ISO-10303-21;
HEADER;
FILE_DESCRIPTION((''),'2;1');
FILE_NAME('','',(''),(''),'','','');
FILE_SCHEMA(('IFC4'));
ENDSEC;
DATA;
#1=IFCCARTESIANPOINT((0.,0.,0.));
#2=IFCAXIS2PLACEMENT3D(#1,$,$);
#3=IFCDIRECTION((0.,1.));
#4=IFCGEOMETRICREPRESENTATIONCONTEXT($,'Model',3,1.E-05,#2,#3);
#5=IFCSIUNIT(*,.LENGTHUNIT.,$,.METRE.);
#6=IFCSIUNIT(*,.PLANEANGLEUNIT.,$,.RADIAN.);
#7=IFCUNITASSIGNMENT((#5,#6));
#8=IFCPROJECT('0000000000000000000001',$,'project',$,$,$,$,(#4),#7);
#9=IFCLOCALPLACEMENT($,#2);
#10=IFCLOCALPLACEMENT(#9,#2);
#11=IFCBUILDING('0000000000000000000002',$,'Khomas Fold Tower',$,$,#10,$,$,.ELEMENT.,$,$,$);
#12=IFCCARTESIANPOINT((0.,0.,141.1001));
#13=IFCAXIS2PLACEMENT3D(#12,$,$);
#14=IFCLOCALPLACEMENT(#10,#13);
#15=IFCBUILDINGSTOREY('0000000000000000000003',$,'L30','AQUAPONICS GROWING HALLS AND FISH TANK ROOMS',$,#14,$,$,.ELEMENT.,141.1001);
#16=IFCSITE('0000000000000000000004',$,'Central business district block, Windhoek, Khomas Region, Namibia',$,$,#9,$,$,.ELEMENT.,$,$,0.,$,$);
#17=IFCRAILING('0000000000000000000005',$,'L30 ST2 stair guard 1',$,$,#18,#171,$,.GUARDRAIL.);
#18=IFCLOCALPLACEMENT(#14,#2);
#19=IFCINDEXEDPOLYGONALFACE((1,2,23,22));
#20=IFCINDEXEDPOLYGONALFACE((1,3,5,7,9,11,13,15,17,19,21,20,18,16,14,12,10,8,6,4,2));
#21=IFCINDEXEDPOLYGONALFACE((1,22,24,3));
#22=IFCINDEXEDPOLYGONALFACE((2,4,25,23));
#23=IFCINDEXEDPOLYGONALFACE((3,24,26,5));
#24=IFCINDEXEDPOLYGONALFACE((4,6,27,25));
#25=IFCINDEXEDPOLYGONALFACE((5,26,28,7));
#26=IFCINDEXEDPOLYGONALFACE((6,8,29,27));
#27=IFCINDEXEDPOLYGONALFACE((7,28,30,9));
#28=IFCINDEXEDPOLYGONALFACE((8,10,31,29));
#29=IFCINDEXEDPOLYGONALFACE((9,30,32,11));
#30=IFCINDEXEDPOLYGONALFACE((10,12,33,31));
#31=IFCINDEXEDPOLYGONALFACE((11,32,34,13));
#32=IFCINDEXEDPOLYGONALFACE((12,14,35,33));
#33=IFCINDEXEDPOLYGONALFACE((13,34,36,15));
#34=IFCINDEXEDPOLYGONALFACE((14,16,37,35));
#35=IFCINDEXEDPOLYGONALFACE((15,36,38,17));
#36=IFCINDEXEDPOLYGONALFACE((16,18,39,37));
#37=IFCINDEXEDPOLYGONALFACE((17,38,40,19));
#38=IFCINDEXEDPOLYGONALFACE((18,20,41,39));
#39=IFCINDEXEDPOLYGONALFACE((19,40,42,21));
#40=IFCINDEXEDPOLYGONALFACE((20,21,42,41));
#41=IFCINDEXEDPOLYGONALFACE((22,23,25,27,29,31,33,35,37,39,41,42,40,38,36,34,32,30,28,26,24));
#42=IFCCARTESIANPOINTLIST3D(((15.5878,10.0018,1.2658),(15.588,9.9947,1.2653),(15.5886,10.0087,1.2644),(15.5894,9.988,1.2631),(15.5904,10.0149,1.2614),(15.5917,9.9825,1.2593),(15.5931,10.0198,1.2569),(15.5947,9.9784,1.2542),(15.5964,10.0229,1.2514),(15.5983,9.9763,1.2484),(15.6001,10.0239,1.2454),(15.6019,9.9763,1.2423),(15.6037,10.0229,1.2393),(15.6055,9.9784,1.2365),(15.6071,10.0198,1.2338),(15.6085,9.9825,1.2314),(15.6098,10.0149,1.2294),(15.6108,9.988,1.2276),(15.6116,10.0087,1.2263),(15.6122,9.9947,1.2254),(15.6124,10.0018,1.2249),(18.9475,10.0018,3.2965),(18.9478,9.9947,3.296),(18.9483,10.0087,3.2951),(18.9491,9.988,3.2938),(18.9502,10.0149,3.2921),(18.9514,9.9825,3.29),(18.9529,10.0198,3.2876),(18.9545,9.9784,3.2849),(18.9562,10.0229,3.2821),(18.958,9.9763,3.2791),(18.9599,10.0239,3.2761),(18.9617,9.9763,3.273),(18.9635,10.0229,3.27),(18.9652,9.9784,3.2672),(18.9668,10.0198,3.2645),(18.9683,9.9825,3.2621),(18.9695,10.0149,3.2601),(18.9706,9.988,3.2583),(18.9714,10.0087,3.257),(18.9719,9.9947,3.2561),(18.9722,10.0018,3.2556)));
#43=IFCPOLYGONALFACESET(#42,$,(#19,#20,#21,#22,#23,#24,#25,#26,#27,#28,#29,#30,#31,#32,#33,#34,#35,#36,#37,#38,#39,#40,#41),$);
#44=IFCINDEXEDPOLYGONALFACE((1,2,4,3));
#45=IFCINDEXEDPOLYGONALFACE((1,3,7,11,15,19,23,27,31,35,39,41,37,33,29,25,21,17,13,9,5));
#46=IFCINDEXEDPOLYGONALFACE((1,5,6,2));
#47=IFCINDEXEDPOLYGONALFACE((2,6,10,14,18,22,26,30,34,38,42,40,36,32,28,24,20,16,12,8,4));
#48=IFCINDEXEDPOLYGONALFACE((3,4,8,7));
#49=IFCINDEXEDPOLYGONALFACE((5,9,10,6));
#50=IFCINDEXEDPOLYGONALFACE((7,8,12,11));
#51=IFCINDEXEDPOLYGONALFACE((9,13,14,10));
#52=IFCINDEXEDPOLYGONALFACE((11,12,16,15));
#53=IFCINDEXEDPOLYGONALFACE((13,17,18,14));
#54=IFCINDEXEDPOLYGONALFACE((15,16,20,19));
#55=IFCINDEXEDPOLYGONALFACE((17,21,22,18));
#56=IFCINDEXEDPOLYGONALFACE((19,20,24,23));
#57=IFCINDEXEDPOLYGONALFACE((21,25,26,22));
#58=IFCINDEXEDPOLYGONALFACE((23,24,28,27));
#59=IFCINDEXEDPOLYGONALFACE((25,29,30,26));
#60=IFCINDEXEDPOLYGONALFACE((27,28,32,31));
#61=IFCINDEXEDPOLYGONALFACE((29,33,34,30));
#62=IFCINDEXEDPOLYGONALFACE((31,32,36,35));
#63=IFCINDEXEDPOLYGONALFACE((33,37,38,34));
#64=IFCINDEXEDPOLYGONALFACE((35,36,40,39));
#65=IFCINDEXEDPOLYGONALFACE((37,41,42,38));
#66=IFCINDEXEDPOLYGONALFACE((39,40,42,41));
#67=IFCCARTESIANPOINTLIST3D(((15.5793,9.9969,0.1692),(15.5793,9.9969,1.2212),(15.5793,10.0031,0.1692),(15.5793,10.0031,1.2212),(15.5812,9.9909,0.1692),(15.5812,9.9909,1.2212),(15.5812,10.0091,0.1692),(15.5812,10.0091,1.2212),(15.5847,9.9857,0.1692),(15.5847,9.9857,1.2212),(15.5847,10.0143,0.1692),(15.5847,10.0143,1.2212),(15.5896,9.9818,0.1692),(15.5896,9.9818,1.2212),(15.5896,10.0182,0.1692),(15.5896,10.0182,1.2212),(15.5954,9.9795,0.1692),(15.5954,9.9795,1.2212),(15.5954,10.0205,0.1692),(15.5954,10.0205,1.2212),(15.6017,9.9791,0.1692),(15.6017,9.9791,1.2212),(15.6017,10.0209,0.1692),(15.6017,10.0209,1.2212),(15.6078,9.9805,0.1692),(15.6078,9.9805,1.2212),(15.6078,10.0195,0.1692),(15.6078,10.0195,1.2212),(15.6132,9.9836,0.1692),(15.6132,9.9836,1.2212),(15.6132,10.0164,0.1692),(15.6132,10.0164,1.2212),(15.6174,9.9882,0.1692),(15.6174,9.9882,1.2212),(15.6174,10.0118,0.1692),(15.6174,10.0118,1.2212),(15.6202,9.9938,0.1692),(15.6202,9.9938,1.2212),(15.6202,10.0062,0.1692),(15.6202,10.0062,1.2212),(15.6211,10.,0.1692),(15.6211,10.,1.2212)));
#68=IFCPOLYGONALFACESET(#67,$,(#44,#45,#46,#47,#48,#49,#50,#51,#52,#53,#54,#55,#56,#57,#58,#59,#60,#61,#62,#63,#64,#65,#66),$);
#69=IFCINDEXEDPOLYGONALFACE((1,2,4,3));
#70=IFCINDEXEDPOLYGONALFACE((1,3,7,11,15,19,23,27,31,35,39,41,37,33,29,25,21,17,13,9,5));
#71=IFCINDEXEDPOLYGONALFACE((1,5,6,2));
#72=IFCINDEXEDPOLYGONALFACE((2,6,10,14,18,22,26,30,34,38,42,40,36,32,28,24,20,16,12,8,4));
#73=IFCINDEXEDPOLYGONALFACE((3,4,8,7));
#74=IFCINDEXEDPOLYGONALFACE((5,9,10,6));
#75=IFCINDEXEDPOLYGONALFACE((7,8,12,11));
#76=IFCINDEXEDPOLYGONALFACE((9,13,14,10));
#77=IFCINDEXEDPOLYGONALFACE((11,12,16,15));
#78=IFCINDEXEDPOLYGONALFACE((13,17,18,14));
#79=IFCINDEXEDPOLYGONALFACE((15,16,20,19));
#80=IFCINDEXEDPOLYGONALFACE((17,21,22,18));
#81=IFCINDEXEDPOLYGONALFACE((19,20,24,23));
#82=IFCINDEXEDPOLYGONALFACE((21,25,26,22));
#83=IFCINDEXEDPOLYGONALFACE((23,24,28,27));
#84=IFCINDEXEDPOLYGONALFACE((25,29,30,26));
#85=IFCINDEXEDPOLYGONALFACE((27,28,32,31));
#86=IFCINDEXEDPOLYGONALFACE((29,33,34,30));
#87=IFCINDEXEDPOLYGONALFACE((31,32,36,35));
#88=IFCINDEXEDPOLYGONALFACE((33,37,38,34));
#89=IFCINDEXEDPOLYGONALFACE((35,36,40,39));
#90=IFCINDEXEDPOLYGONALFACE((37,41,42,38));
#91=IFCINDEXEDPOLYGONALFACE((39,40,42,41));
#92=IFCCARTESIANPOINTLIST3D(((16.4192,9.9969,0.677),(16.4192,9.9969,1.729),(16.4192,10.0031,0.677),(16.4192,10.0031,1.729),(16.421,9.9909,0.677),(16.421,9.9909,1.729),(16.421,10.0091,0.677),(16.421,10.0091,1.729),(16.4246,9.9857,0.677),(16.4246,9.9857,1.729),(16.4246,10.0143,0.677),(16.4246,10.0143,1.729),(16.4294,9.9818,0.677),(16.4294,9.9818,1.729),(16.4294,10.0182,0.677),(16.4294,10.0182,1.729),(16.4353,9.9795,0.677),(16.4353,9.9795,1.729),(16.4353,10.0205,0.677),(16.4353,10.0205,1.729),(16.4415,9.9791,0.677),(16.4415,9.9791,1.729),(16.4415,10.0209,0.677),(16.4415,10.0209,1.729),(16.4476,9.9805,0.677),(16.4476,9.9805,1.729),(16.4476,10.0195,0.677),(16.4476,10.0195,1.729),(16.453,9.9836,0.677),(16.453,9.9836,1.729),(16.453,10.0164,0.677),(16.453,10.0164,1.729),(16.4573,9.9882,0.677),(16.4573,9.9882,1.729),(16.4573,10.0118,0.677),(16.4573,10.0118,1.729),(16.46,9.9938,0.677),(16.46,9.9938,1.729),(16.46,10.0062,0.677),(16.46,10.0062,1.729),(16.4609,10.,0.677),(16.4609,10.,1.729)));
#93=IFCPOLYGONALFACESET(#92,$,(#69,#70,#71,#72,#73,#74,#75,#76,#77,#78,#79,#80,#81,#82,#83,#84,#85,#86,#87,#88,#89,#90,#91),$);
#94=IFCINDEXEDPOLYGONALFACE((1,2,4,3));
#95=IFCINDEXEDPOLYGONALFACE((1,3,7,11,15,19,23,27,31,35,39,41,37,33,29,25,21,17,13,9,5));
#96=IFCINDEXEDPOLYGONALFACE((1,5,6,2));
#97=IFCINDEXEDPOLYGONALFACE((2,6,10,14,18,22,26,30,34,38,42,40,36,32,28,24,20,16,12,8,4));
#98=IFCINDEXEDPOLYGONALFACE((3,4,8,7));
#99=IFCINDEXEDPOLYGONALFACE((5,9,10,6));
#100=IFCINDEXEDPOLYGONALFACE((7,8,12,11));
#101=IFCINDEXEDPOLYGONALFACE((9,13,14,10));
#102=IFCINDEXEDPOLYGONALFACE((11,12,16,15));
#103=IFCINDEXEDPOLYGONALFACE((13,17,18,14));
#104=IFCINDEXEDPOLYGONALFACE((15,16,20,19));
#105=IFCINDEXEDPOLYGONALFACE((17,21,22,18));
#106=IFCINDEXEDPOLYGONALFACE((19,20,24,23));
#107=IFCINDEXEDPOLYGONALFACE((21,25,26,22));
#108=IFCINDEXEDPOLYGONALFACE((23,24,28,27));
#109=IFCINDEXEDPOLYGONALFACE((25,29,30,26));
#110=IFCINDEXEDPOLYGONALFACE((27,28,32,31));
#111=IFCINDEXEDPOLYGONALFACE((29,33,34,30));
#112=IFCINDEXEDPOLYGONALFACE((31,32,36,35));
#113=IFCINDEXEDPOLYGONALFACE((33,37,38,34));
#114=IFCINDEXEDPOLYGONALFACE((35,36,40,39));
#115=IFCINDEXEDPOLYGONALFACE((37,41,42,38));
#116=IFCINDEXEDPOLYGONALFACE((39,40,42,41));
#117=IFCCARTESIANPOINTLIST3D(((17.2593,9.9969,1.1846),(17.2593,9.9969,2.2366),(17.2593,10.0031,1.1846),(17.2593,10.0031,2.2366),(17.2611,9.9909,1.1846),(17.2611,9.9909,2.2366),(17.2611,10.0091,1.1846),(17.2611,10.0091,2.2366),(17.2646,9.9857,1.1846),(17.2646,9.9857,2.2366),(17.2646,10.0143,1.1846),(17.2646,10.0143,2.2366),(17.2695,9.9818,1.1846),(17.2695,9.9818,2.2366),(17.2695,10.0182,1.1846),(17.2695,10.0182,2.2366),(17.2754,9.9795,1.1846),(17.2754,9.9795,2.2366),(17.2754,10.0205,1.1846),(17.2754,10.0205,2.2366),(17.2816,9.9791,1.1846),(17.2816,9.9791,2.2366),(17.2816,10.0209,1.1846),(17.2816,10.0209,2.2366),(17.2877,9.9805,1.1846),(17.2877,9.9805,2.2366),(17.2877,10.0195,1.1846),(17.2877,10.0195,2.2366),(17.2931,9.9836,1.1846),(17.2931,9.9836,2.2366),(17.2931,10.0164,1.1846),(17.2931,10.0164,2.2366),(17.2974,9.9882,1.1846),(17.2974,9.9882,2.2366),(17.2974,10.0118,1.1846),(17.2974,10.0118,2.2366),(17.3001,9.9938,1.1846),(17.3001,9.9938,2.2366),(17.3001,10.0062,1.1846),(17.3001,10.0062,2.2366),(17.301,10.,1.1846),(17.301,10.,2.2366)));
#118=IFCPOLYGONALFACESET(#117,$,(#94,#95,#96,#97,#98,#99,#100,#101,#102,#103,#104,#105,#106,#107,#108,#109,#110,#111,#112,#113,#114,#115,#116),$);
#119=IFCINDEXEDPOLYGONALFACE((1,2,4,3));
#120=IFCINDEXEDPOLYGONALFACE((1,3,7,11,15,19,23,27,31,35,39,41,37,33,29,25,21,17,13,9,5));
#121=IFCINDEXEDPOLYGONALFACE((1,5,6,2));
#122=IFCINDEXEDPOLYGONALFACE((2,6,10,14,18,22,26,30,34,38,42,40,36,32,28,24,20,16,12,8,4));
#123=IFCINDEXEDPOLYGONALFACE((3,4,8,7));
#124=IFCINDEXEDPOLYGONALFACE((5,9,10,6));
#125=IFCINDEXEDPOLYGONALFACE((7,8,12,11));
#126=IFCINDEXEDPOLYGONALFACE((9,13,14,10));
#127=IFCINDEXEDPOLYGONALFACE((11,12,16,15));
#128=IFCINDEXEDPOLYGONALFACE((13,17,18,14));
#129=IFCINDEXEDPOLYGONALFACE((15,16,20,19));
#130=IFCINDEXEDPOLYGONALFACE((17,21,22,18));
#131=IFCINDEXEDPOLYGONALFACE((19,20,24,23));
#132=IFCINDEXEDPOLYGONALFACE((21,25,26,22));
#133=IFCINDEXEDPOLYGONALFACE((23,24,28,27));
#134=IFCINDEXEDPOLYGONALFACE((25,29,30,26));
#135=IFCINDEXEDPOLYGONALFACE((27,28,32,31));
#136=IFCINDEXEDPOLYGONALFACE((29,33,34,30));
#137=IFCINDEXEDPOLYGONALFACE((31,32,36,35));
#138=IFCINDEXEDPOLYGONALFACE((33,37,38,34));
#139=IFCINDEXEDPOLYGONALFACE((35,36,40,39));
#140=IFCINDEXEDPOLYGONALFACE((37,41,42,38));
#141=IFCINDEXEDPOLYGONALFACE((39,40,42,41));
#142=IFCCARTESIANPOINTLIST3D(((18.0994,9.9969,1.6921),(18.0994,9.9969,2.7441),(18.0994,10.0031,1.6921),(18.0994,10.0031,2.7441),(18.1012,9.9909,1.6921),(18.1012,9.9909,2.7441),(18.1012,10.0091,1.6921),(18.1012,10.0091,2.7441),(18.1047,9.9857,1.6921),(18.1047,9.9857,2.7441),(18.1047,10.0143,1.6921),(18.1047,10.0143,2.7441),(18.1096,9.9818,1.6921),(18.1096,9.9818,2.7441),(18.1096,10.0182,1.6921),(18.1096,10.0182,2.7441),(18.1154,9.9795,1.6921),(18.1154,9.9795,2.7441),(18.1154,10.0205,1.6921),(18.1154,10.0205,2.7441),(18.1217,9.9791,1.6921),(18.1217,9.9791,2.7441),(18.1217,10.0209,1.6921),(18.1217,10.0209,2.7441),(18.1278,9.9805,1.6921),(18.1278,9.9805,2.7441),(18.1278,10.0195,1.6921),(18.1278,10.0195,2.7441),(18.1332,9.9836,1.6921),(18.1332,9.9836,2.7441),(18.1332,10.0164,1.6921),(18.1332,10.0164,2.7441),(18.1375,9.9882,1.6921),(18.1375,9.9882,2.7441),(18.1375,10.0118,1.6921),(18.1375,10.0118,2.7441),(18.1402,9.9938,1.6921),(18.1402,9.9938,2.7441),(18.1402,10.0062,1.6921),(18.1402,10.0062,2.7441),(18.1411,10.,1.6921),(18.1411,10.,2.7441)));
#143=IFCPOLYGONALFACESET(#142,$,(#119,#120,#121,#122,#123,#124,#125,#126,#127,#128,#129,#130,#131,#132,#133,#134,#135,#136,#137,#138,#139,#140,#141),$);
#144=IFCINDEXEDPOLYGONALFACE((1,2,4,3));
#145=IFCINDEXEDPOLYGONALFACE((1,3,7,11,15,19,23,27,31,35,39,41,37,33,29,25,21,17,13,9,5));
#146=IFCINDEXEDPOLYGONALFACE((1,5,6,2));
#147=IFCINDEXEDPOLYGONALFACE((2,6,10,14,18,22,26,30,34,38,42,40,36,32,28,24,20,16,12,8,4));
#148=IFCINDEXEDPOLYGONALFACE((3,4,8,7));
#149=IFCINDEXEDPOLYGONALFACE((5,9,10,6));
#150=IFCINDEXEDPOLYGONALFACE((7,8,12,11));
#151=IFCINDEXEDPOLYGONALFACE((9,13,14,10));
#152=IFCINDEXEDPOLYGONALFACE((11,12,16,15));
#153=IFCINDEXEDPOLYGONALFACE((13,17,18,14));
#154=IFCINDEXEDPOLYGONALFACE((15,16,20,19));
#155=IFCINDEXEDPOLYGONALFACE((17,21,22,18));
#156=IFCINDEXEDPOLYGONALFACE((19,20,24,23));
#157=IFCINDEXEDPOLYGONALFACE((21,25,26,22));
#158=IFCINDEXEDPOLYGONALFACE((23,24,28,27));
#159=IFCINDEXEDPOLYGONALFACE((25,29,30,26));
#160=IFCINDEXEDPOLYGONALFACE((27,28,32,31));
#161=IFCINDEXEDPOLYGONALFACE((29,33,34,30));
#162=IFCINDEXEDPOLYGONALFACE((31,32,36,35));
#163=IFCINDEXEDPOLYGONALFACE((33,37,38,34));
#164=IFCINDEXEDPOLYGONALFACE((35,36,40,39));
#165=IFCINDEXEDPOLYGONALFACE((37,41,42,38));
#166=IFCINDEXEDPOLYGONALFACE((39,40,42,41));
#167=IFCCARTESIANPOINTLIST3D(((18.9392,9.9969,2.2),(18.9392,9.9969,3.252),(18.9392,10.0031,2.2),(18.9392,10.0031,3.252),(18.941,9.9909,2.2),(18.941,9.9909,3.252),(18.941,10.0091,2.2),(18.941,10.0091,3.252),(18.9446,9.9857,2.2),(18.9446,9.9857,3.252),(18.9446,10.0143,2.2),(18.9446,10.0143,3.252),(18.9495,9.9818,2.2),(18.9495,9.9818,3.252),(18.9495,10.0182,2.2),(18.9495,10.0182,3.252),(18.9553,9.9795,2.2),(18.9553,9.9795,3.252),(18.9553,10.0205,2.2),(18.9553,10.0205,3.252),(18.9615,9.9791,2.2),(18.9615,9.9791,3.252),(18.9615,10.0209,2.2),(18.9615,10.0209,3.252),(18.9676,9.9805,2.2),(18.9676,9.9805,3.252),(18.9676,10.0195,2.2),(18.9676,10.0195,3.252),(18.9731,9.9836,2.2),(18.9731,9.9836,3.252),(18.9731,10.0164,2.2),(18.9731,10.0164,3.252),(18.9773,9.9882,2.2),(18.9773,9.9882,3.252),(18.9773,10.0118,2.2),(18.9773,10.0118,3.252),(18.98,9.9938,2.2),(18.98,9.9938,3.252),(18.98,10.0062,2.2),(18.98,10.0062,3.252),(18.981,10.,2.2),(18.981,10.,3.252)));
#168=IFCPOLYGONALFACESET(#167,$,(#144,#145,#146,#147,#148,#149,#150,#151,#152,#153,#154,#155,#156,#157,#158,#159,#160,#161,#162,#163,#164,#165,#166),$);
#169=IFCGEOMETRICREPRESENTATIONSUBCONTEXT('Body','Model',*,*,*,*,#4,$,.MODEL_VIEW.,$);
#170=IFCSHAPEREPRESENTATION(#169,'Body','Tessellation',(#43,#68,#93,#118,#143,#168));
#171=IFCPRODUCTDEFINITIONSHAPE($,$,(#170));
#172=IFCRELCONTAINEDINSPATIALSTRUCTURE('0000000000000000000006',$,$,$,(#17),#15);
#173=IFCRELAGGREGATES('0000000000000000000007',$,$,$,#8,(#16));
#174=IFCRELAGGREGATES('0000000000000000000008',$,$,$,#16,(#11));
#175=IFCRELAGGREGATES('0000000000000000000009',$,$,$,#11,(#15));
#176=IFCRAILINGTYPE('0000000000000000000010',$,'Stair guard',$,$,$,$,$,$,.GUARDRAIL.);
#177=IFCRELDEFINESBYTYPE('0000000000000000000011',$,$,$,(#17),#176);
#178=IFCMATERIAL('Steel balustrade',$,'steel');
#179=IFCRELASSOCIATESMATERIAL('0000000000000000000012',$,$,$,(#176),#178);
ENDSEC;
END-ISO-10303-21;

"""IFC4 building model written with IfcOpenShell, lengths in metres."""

from ifc_helpers import new_model, si_unit, direction, frame, origin, origin_2d, place, context, subcontext, project, spatial, circle, extrude, source, transform, mapped, material, type_object, element, save


model = new_model("IFC4")

# Units and contexts
model_context = context("Model", 3, precision=1e-05, world=origin(), true_north=direction((0.0, 1.0)))
body_context = subcontext(model_context, "Body", "Model", "MODEL_VIEW")
ifc_project = project(units=[si_unit("LENGTHUNIT", "METRE"), si_unit("PLANEANGLEUNIT", "RADIAN")], contexts=[model_context])

# Site, building, storey
site_placement = place(None, origin())
site = spatial("IfcSite", under=ifc_project, at=site_placement, Name="Central business district block, Windhoek, Khomas Region, Namibia", CompositionType="ELEMENT", RefElevation=0.0)
building_placement = place(site_placement, origin())
building = spatial("IfcBuilding", under=site, at=building_placement, Name="Khomas Fold Tower", CompositionType="ELEMENT")
storey_placement = place(building_placement, frame((0.0, 0.0, 141.1001)))
storey = spatial("IfcBuildingStorey", under=building, at=storey_placement, Name="L30", Description="AQUAPONICS GROWING HALLS AND FISH TANK ROOMS", CompositionType="ELEMENT", Elevation=141.1001)

# Railing
ifc_material_1 = material(Name="Steel balustrade", Category="steel")
railing_type_1 = type_object("IfcRailingType", Name="Stair guard", PredefinedType="GUARDRAIL", material=ifc_material_1)
shared_shape_1 = source(origin(), body_context, "Body", "SweptSolid", [
    extrude(circle(Radius=0.0239, at=origin_2d()), frame((0.0, 0.0, 1.0762), z_axis=(0.85582, 0.0, 0.517273), x_axis=(0.0, 1.0, 0.0)), (0.0, 0.0, 1.0), 3.9258),
    extrude(circle(Radius=0.021, at=origin_2d()), origin(), (0.0, 0.0, 1.0), 1.052),
    extrude(circle(Radius=0.021, at=origin_2d()), frame((0.8398, 0.0, 0.5078)), (0.0, 0.0, 1.0), 1.052),
    extrude(circle(Radius=0.021, at=origin_2d()), frame((1.6799, 0.0, 1.0154)), (0.0, 0.0, 1.0), 1.052),
    extrude(circle(Radius=0.021, at=origin_2d()), frame((2.52, 0.0, 1.5229)), (0.0, 0.0, 1.0), 1.052),
    extrude(circle(Radius=0.021, at=origin_2d()), frame((3.3599, 0.0, 2.0308)), (0.0, 0.0, 1.0), 1.052),
])
railing_1_placement = place(storey_placement, frame((15.6001, 10.0, 0.1692)))
element("IfcRailing", 1, at=railing_1_placement, inside=storey, type_object=railing_type_1, Name="L30 ST2 stair guard 1", PredefinedType="GUARDRAIL", context=body_context, shape_type="MappedRepresentation", body=[
    mapped(shared_shape_1, transform((0.0, 0.0, 0.0))),
])

save(model, "model.ifc")
